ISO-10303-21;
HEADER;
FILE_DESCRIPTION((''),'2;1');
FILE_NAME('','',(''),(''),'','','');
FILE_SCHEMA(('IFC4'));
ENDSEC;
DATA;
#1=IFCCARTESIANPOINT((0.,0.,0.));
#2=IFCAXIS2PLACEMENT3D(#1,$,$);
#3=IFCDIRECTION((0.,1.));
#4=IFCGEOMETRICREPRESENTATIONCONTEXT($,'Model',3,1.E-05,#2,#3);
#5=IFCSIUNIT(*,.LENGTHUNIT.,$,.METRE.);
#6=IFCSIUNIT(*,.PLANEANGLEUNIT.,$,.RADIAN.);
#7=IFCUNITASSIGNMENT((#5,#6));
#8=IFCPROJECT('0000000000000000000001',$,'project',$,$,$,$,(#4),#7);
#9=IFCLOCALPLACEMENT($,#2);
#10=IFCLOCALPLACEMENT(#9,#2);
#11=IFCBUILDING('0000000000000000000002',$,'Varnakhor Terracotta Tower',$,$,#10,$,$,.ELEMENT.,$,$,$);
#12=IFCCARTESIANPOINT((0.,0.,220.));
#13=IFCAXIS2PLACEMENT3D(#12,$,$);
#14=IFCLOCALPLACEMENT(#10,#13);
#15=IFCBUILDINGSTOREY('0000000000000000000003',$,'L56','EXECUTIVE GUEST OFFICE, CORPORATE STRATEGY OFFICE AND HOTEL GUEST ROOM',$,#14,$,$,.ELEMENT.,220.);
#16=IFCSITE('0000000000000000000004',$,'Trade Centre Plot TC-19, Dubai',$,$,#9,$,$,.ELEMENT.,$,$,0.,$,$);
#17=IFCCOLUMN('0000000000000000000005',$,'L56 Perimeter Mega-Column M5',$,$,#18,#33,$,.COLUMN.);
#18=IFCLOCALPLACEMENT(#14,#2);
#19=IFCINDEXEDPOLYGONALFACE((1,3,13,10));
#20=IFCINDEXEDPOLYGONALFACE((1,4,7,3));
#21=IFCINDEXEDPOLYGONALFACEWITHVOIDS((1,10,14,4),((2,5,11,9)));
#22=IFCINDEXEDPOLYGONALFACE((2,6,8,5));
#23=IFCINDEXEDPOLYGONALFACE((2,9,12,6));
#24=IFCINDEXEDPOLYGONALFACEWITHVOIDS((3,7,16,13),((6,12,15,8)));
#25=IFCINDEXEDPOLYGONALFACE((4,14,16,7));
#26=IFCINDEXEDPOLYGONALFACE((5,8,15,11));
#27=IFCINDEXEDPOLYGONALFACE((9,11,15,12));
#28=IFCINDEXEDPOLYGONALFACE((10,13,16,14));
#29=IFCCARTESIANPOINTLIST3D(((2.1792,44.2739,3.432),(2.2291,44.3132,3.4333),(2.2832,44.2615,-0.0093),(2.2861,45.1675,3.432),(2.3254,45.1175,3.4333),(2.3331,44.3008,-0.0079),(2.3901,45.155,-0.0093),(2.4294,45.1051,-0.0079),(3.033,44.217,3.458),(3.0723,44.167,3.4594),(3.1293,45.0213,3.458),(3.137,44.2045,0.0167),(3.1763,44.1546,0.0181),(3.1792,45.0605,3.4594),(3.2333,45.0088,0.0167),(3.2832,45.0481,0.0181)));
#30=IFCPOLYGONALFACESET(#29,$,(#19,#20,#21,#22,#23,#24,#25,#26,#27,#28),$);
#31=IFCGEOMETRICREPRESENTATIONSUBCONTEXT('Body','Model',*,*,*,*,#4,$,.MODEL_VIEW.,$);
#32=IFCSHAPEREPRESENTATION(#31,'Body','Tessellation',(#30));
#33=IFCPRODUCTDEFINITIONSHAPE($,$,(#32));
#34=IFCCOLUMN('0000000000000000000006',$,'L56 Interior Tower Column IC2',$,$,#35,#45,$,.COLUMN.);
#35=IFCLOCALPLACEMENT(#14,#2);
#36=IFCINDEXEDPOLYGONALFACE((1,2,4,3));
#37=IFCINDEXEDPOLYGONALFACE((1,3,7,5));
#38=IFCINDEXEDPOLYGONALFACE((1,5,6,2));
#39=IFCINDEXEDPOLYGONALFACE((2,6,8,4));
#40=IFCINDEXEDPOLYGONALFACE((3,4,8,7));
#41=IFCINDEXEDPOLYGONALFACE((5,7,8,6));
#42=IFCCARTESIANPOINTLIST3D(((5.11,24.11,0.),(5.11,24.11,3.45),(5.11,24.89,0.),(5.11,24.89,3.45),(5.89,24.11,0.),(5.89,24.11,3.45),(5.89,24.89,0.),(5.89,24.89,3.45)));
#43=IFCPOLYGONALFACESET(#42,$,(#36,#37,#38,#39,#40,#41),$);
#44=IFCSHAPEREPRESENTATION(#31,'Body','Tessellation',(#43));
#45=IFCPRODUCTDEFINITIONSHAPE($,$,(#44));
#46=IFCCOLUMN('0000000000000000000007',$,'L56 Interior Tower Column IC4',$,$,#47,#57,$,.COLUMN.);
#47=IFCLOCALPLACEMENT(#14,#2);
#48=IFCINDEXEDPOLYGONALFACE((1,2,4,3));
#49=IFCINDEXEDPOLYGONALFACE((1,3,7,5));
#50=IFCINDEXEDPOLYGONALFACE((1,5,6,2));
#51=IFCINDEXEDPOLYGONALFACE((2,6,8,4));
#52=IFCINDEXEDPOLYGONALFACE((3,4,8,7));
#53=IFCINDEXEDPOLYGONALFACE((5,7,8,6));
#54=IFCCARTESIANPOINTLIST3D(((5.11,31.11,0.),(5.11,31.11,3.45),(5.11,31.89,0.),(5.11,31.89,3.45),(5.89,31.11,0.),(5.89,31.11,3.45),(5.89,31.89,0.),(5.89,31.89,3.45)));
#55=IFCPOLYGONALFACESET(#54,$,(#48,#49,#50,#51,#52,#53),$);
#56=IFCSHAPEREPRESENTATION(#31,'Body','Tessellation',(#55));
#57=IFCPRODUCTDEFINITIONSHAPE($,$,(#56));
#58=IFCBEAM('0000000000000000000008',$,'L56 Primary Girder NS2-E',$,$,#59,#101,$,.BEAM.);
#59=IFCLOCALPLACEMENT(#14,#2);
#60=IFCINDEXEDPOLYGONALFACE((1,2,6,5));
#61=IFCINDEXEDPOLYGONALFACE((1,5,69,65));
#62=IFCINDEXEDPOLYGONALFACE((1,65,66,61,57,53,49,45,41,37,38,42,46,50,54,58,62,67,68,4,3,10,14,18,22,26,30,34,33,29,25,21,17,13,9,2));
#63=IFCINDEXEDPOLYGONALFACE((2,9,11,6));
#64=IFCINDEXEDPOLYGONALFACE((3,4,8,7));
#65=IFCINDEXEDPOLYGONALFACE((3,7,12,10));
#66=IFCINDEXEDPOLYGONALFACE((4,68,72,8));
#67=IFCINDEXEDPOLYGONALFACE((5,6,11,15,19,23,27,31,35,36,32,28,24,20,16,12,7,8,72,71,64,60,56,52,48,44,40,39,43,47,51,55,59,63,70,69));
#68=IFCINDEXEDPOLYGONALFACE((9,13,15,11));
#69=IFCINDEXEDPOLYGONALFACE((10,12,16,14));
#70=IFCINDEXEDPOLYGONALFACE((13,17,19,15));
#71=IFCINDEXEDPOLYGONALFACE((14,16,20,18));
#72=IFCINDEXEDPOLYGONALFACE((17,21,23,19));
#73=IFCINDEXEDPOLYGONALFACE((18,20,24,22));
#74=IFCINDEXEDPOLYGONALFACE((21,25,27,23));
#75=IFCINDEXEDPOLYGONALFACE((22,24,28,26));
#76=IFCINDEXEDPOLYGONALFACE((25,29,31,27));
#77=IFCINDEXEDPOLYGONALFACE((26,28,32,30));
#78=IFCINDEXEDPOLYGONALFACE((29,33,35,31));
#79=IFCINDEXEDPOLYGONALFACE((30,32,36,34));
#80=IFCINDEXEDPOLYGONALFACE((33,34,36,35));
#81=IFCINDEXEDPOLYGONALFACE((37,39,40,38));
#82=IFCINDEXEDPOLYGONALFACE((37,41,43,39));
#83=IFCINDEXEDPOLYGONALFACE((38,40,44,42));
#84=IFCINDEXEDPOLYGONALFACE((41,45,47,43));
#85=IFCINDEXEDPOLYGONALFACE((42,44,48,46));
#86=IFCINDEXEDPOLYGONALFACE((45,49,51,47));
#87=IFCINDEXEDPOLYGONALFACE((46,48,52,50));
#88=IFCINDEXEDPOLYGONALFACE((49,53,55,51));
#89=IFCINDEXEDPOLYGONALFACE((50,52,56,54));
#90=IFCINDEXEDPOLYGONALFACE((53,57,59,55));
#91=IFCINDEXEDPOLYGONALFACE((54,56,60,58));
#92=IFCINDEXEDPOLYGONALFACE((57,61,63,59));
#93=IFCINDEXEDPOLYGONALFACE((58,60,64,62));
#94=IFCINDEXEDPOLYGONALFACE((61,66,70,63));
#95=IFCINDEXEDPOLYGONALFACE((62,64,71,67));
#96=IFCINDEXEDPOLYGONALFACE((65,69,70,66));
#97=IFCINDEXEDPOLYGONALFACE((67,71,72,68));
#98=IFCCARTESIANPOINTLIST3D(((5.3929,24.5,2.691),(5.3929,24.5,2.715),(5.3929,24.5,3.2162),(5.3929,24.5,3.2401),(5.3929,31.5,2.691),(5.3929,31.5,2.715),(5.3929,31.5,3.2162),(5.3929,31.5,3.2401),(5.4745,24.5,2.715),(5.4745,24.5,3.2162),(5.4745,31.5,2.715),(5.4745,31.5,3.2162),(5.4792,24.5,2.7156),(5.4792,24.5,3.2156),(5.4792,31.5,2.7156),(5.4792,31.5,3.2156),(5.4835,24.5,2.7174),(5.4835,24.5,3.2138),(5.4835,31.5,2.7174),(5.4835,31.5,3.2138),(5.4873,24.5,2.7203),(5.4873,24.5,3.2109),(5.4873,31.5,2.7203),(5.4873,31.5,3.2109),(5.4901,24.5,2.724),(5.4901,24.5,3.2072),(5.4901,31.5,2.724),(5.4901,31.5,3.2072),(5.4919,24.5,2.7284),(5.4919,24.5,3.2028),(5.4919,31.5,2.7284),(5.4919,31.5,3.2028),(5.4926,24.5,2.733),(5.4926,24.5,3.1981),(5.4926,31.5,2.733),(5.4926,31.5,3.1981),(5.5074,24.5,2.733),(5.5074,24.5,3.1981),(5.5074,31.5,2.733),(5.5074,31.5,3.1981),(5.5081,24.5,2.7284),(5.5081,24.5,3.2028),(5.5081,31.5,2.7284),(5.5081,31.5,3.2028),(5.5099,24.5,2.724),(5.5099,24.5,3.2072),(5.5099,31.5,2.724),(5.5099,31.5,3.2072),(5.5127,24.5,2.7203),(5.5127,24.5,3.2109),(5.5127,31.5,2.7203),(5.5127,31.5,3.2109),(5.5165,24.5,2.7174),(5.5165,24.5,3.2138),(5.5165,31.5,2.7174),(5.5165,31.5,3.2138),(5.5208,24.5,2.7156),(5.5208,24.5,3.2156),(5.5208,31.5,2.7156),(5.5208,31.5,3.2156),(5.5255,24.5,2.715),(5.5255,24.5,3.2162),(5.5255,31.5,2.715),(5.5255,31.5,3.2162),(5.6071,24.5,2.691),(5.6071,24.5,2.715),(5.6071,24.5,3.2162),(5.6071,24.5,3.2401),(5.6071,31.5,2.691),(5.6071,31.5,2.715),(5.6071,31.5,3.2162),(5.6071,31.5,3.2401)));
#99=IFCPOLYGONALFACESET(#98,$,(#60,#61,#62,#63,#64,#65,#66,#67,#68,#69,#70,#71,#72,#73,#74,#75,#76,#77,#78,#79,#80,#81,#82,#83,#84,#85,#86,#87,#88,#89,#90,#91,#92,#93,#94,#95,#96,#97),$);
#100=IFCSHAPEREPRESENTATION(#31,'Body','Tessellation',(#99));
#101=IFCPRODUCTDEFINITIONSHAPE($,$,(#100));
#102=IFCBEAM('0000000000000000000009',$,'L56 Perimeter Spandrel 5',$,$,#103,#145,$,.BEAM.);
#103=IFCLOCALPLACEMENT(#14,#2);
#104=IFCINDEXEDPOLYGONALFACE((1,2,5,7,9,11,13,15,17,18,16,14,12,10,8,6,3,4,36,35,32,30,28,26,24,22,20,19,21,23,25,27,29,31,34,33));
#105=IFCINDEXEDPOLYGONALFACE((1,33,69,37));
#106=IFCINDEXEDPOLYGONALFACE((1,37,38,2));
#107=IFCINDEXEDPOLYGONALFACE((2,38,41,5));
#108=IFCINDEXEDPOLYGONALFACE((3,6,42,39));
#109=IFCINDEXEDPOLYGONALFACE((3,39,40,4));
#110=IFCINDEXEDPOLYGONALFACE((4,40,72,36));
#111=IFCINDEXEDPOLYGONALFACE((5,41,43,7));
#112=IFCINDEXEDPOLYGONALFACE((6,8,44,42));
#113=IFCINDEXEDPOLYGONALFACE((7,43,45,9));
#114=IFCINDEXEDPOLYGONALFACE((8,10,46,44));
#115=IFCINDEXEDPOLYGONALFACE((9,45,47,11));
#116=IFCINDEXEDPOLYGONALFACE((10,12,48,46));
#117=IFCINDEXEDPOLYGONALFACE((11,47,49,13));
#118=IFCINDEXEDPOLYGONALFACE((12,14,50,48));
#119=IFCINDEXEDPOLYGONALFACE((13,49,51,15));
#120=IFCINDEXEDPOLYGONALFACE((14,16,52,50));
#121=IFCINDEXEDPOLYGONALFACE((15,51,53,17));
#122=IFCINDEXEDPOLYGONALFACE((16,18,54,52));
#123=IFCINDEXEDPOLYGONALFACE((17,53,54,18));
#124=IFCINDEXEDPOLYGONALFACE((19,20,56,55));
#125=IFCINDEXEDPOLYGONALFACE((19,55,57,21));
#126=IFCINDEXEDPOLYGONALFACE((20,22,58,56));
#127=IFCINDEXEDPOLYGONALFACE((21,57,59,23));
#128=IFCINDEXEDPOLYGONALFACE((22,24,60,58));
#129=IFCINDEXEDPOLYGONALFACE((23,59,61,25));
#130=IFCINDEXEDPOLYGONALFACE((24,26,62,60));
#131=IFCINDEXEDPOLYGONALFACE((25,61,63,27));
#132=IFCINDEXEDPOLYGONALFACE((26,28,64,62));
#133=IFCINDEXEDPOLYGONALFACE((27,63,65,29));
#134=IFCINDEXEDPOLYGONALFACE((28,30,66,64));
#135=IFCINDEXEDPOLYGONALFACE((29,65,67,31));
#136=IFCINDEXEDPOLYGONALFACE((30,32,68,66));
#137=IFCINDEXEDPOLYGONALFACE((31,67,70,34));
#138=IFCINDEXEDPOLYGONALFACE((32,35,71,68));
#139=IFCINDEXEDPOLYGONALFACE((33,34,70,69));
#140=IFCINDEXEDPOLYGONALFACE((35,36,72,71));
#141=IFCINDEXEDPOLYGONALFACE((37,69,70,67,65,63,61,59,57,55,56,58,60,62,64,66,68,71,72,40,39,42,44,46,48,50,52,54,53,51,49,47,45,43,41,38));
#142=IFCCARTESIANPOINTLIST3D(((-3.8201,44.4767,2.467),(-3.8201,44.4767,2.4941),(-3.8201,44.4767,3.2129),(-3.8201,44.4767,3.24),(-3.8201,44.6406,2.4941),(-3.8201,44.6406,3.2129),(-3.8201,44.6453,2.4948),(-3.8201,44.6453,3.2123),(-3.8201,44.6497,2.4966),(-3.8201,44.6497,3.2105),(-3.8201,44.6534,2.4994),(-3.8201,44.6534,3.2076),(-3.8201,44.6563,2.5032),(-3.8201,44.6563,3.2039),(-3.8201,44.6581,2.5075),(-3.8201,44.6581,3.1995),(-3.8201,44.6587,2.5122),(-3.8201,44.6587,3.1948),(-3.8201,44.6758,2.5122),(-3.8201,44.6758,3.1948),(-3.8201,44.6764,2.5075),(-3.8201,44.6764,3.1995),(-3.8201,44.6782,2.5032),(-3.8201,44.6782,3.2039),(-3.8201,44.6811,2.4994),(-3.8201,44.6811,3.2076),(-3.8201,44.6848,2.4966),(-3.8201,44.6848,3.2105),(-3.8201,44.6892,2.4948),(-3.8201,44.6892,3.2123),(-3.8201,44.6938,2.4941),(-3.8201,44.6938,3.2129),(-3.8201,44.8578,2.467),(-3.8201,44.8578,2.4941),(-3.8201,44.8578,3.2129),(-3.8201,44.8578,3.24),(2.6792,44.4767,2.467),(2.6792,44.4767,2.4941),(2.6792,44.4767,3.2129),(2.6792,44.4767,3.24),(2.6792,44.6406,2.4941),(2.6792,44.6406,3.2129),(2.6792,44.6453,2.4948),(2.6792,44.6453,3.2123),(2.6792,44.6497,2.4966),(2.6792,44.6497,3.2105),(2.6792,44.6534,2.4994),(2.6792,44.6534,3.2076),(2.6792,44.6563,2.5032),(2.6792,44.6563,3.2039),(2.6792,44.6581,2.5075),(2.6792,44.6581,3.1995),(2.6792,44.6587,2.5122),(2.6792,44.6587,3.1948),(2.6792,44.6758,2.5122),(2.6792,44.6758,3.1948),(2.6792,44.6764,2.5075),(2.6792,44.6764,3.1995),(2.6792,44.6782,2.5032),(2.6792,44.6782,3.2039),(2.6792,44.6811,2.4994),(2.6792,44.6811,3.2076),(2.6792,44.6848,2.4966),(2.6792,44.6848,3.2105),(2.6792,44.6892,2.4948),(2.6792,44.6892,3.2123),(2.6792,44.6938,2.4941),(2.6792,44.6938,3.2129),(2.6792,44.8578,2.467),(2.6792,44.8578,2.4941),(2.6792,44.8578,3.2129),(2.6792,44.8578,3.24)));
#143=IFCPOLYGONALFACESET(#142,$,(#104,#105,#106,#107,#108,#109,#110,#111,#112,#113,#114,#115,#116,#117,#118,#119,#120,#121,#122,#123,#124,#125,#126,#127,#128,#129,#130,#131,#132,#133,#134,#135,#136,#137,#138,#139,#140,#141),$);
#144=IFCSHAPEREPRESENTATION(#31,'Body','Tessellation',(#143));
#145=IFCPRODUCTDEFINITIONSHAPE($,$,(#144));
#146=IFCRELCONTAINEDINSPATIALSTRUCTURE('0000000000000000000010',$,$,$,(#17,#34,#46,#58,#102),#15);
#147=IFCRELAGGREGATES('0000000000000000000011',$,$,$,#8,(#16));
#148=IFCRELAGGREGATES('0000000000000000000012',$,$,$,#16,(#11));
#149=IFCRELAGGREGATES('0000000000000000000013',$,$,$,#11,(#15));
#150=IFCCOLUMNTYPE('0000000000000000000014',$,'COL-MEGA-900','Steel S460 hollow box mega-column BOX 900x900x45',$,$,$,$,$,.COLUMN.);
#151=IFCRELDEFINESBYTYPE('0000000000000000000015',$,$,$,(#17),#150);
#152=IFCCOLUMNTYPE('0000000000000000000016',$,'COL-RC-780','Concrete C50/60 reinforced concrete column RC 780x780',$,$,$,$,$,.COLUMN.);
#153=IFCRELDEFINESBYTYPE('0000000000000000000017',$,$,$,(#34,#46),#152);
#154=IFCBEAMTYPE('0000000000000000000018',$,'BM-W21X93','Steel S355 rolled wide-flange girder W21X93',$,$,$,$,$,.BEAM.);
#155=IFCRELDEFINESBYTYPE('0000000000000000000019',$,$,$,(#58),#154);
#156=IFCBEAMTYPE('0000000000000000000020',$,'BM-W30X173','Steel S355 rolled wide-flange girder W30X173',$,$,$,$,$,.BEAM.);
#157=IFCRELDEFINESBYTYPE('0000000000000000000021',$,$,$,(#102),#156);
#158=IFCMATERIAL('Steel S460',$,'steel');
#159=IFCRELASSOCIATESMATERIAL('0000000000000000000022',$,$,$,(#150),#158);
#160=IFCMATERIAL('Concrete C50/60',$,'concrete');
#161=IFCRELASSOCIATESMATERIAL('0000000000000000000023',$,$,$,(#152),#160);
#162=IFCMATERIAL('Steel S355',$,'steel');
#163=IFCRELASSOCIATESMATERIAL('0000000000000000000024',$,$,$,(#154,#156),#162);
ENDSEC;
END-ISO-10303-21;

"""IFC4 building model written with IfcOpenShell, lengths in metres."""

from ifc_helpers import new_model, si_unit, direction, frame, origin, origin_2d, place, context, subcontext, project, spatial, rectangle, hollow_rectangle, i_section, extrude, source, transform, mapped, material, material_profile, profile_set, type_object, element, save


model = new_model("IFC4")

# Units and contexts
model_context = context("Model", 3, precision=1e-05, world=origin(), true_north=direction((0.0, 1.0)))
body_context = subcontext(model_context, "Body", "Model", "MODEL_VIEW")
ifc_project = project(units=[si_unit("LENGTHUNIT", "METRE"), si_unit("PLANEANGLEUNIT", "RADIAN")], contexts=[model_context])

# Site, building, storey
site_placement = place(None, origin())
site = spatial("IfcSite", under=ifc_project, at=site_placement, Name="Trade Centre Plot TC-19, Dubai", CompositionType="ELEMENT", RefElevation=0.0)
building_placement = place(site_placement, origin())
building = spatial("IfcBuilding", under=site, at=building_placement, Name="Varnakhor Terracotta Tower", CompositionType="ELEMENT")
storey_placement = place(building_placement, frame((0.0, 0.0, 220.0)))
storey = spatial("IfcBuildingStorey", under=building, at=storey_placement, Name="L56", Description="EXECUTIVE GUEST OFFICE, CORPORATE STRATEGY OFFICE AND HOTEL GUEST ROOM", CompositionType="ELEMENT", Elevation=220.0)

# Columns
ifc_material_1 = material(Name="Steel S460", Category="steel")
ifc_material_profile_1 = material_profile(ifc_material_1, hollow_rectangle(XDim=0.8999, YDim=0.8999, WallThickness=0.0449, at=origin_2d()), Name="BOX 900x900x45")
ifc_profile_set_1 = profile_set([ifc_material_profile_1], Name="Steel S460")
column_type_1 = type_object("IfcColumnType", Name="COL-MEGA-900", Description="Steel S460 hollow box mega-column BOX 900x900x45", PredefinedType="COLUMN", material=ifc_profile_set_1)
shared_shape_1 = source(origin(), body_context, "Body", "SweptSolid", [
    extrude(hollow_rectangle(XDim=0.8999, YDim=0.8999, WallThickness=0.0449, at=origin_2d()), origin(), (0.0, 0.0, 1.0), 3.4429),
])
column_placement = place(storey_placement, frame((2.7832, 44.6548, 0.0044), z_axis=(-0.030209, 0.003617, 0.999537), x_axis=(-0.118869, -0.99291, 0.0)))
element("IfcColumn", 1, at=column_placement, inside=storey, type_object=column_type_1, Name="L56 Perimeter Mega-Column M5", PredefinedType="COLUMN", context=body_context, shape_type="MappedRepresentation", body=[
    mapped(shared_shape_1, transform((0.0, 0.0, 0.0), scale=1.0)),
])
ifc_material_2 = material(Name="Concrete C50/60", Category="concrete")
ifc_material_profile_2 = material_profile(ifc_material_2, rectangle(XDim=0.78, YDim=0.78, at=origin_2d()), Name="RC 780x780")
ifc_profile_set_2 = profile_set([ifc_material_profile_2], Name="Concrete C50/60")
column_type_2 = type_object("IfcColumnType", Name="COL-RC-780", Description="Concrete C50/60 reinforced concrete column RC 780x780", PredefinedType="COLUMN", material=ifc_profile_set_2)
shared_shape_2 = source(origin(), body_context, "Body", "SweptSolid", [
    extrude(rectangle(XDim=0.78, YDim=0.78, at=origin_2d()), origin(), (0.0, 0.0, 1.0), 3.45),
])
for number, where, z_axis, x_axis, name in (
    (2, (5.5, 24.5, 0.0), (0.0, 0.0, 1.0), (1.0, 0.0, 0.0), "L56 Interior Tower Column IC2"),
    (3, (5.5, 31.5, 0.0), (0.0, 0.0, 1.0), (1.0, 0.0, 0.0), "L56 Interior Tower Column IC4"),
):
    element("IfcColumn", number, at=place(storey_placement, frame(where, z_axis=z_axis, x_axis=x_axis)), inside=storey, type_object=column_type_2, Name=name, PredefinedType="COLUMN", context=body_context, shape_type="MappedRepresentation", body=[
        mapped(shared_shape_2, transform((0.0, 0.0, 0.0), scale=1.0)),
    ])

# Beams
ifc_material_3 = material(Name="Steel S355", Category="steel")
ifc_material_profile_3 = material_profile(ifc_material_3, i_section(OverallWidth=0.2141, OverallDepth=0.5491, WebThickness=0.0149, FlangeThickness=0.0239, FilletRadius=0.0181, at=origin_2d()), Name="W21X93")
ifc_profile_set_3 = profile_set([ifc_material_profile_3], Name="Steel S355")
beam_type_1 = type_object("IfcBeamType", Name="BM-W21X93", Description="Steel S355 rolled wide-flange girder W21X93", PredefinedType="BEAM", material=ifc_profile_set_3)
shared_shape_3 = source(origin(), body_context, "Body", "SweptSolid", [
    extrude(i_section(OverallWidth=0.2141, OverallDepth=0.5491, WebThickness=0.0149, FlangeThickness=0.0239, FilletRadius=0.0181, at=origin_2d()), origin(), (0.0, 0.0, 1.0), 7.0),
])
beam_1_placement = place(storey_placement, frame((5.5, 24.5, 2.9656), z_axis=(0.0, 1.0, 0.0), x_axis=(-1.0, 0.0, 0.0)))
element("IfcBeam", 4, at=beam_1_placement, inside=storey, type_object=beam_type_1, Name="L56 Primary Girder NS2-E", PredefinedType="BEAM", context=body_context, shape_type="MappedRepresentation", body=[
    mapped(shared_shape_3, transform((0.0, 0.0, 0.0), scale=1.0)),
])
ifc_material_profile_4 = material_profile(ifc_material_3, i_section(OverallWidth=0.3811, OverallDepth=0.7729, WebThickness=0.0171, FlangeThickness=0.0271, FilletRadius=0.0181, at=origin_2d()), Name="W30X173")
ifc_profile_set_4 = profile_set([ifc_material_profile_4], Name="Steel S355")
beam_type_2 = type_object("IfcBeamType", Name="BM-W30X173", Description="Steel S355 rolled wide-flange girder W30X173", PredefinedType="BEAM", material=ifc_profile_set_4)
shared_shape_4 = source(origin(), body_context, "Body", "SweptSolid", [
    extrude(i_section(OverallWidth=0.3811, OverallDepth=0.7729, WebThickness=0.0171, FlangeThickness=0.0271, FilletRadius=0.0181, at=origin_2d()), origin(), (0.0, 0.0, 1.0), 6.4993),
])
beam_2_placement = place(storey_placement, frame((2.6792, 44.6672, 2.8535), z_axis=(-1.0, 0.0, 0.0), x_axis=(0.0, -1.0, 0.0)))
element("IfcBeam", 5, at=beam_2_placement, inside=storey, type_object=beam_type_2, Name="L56 Perimeter Spandrel 5", PredefinedType="BEAM", context=body_context, shape_type="MappedRepresentation", body=[
    mapped(shared_shape_4, transform((0.0, 0.0, 0.0), scale=1.0)),
])

save(model, "model.ifc")
